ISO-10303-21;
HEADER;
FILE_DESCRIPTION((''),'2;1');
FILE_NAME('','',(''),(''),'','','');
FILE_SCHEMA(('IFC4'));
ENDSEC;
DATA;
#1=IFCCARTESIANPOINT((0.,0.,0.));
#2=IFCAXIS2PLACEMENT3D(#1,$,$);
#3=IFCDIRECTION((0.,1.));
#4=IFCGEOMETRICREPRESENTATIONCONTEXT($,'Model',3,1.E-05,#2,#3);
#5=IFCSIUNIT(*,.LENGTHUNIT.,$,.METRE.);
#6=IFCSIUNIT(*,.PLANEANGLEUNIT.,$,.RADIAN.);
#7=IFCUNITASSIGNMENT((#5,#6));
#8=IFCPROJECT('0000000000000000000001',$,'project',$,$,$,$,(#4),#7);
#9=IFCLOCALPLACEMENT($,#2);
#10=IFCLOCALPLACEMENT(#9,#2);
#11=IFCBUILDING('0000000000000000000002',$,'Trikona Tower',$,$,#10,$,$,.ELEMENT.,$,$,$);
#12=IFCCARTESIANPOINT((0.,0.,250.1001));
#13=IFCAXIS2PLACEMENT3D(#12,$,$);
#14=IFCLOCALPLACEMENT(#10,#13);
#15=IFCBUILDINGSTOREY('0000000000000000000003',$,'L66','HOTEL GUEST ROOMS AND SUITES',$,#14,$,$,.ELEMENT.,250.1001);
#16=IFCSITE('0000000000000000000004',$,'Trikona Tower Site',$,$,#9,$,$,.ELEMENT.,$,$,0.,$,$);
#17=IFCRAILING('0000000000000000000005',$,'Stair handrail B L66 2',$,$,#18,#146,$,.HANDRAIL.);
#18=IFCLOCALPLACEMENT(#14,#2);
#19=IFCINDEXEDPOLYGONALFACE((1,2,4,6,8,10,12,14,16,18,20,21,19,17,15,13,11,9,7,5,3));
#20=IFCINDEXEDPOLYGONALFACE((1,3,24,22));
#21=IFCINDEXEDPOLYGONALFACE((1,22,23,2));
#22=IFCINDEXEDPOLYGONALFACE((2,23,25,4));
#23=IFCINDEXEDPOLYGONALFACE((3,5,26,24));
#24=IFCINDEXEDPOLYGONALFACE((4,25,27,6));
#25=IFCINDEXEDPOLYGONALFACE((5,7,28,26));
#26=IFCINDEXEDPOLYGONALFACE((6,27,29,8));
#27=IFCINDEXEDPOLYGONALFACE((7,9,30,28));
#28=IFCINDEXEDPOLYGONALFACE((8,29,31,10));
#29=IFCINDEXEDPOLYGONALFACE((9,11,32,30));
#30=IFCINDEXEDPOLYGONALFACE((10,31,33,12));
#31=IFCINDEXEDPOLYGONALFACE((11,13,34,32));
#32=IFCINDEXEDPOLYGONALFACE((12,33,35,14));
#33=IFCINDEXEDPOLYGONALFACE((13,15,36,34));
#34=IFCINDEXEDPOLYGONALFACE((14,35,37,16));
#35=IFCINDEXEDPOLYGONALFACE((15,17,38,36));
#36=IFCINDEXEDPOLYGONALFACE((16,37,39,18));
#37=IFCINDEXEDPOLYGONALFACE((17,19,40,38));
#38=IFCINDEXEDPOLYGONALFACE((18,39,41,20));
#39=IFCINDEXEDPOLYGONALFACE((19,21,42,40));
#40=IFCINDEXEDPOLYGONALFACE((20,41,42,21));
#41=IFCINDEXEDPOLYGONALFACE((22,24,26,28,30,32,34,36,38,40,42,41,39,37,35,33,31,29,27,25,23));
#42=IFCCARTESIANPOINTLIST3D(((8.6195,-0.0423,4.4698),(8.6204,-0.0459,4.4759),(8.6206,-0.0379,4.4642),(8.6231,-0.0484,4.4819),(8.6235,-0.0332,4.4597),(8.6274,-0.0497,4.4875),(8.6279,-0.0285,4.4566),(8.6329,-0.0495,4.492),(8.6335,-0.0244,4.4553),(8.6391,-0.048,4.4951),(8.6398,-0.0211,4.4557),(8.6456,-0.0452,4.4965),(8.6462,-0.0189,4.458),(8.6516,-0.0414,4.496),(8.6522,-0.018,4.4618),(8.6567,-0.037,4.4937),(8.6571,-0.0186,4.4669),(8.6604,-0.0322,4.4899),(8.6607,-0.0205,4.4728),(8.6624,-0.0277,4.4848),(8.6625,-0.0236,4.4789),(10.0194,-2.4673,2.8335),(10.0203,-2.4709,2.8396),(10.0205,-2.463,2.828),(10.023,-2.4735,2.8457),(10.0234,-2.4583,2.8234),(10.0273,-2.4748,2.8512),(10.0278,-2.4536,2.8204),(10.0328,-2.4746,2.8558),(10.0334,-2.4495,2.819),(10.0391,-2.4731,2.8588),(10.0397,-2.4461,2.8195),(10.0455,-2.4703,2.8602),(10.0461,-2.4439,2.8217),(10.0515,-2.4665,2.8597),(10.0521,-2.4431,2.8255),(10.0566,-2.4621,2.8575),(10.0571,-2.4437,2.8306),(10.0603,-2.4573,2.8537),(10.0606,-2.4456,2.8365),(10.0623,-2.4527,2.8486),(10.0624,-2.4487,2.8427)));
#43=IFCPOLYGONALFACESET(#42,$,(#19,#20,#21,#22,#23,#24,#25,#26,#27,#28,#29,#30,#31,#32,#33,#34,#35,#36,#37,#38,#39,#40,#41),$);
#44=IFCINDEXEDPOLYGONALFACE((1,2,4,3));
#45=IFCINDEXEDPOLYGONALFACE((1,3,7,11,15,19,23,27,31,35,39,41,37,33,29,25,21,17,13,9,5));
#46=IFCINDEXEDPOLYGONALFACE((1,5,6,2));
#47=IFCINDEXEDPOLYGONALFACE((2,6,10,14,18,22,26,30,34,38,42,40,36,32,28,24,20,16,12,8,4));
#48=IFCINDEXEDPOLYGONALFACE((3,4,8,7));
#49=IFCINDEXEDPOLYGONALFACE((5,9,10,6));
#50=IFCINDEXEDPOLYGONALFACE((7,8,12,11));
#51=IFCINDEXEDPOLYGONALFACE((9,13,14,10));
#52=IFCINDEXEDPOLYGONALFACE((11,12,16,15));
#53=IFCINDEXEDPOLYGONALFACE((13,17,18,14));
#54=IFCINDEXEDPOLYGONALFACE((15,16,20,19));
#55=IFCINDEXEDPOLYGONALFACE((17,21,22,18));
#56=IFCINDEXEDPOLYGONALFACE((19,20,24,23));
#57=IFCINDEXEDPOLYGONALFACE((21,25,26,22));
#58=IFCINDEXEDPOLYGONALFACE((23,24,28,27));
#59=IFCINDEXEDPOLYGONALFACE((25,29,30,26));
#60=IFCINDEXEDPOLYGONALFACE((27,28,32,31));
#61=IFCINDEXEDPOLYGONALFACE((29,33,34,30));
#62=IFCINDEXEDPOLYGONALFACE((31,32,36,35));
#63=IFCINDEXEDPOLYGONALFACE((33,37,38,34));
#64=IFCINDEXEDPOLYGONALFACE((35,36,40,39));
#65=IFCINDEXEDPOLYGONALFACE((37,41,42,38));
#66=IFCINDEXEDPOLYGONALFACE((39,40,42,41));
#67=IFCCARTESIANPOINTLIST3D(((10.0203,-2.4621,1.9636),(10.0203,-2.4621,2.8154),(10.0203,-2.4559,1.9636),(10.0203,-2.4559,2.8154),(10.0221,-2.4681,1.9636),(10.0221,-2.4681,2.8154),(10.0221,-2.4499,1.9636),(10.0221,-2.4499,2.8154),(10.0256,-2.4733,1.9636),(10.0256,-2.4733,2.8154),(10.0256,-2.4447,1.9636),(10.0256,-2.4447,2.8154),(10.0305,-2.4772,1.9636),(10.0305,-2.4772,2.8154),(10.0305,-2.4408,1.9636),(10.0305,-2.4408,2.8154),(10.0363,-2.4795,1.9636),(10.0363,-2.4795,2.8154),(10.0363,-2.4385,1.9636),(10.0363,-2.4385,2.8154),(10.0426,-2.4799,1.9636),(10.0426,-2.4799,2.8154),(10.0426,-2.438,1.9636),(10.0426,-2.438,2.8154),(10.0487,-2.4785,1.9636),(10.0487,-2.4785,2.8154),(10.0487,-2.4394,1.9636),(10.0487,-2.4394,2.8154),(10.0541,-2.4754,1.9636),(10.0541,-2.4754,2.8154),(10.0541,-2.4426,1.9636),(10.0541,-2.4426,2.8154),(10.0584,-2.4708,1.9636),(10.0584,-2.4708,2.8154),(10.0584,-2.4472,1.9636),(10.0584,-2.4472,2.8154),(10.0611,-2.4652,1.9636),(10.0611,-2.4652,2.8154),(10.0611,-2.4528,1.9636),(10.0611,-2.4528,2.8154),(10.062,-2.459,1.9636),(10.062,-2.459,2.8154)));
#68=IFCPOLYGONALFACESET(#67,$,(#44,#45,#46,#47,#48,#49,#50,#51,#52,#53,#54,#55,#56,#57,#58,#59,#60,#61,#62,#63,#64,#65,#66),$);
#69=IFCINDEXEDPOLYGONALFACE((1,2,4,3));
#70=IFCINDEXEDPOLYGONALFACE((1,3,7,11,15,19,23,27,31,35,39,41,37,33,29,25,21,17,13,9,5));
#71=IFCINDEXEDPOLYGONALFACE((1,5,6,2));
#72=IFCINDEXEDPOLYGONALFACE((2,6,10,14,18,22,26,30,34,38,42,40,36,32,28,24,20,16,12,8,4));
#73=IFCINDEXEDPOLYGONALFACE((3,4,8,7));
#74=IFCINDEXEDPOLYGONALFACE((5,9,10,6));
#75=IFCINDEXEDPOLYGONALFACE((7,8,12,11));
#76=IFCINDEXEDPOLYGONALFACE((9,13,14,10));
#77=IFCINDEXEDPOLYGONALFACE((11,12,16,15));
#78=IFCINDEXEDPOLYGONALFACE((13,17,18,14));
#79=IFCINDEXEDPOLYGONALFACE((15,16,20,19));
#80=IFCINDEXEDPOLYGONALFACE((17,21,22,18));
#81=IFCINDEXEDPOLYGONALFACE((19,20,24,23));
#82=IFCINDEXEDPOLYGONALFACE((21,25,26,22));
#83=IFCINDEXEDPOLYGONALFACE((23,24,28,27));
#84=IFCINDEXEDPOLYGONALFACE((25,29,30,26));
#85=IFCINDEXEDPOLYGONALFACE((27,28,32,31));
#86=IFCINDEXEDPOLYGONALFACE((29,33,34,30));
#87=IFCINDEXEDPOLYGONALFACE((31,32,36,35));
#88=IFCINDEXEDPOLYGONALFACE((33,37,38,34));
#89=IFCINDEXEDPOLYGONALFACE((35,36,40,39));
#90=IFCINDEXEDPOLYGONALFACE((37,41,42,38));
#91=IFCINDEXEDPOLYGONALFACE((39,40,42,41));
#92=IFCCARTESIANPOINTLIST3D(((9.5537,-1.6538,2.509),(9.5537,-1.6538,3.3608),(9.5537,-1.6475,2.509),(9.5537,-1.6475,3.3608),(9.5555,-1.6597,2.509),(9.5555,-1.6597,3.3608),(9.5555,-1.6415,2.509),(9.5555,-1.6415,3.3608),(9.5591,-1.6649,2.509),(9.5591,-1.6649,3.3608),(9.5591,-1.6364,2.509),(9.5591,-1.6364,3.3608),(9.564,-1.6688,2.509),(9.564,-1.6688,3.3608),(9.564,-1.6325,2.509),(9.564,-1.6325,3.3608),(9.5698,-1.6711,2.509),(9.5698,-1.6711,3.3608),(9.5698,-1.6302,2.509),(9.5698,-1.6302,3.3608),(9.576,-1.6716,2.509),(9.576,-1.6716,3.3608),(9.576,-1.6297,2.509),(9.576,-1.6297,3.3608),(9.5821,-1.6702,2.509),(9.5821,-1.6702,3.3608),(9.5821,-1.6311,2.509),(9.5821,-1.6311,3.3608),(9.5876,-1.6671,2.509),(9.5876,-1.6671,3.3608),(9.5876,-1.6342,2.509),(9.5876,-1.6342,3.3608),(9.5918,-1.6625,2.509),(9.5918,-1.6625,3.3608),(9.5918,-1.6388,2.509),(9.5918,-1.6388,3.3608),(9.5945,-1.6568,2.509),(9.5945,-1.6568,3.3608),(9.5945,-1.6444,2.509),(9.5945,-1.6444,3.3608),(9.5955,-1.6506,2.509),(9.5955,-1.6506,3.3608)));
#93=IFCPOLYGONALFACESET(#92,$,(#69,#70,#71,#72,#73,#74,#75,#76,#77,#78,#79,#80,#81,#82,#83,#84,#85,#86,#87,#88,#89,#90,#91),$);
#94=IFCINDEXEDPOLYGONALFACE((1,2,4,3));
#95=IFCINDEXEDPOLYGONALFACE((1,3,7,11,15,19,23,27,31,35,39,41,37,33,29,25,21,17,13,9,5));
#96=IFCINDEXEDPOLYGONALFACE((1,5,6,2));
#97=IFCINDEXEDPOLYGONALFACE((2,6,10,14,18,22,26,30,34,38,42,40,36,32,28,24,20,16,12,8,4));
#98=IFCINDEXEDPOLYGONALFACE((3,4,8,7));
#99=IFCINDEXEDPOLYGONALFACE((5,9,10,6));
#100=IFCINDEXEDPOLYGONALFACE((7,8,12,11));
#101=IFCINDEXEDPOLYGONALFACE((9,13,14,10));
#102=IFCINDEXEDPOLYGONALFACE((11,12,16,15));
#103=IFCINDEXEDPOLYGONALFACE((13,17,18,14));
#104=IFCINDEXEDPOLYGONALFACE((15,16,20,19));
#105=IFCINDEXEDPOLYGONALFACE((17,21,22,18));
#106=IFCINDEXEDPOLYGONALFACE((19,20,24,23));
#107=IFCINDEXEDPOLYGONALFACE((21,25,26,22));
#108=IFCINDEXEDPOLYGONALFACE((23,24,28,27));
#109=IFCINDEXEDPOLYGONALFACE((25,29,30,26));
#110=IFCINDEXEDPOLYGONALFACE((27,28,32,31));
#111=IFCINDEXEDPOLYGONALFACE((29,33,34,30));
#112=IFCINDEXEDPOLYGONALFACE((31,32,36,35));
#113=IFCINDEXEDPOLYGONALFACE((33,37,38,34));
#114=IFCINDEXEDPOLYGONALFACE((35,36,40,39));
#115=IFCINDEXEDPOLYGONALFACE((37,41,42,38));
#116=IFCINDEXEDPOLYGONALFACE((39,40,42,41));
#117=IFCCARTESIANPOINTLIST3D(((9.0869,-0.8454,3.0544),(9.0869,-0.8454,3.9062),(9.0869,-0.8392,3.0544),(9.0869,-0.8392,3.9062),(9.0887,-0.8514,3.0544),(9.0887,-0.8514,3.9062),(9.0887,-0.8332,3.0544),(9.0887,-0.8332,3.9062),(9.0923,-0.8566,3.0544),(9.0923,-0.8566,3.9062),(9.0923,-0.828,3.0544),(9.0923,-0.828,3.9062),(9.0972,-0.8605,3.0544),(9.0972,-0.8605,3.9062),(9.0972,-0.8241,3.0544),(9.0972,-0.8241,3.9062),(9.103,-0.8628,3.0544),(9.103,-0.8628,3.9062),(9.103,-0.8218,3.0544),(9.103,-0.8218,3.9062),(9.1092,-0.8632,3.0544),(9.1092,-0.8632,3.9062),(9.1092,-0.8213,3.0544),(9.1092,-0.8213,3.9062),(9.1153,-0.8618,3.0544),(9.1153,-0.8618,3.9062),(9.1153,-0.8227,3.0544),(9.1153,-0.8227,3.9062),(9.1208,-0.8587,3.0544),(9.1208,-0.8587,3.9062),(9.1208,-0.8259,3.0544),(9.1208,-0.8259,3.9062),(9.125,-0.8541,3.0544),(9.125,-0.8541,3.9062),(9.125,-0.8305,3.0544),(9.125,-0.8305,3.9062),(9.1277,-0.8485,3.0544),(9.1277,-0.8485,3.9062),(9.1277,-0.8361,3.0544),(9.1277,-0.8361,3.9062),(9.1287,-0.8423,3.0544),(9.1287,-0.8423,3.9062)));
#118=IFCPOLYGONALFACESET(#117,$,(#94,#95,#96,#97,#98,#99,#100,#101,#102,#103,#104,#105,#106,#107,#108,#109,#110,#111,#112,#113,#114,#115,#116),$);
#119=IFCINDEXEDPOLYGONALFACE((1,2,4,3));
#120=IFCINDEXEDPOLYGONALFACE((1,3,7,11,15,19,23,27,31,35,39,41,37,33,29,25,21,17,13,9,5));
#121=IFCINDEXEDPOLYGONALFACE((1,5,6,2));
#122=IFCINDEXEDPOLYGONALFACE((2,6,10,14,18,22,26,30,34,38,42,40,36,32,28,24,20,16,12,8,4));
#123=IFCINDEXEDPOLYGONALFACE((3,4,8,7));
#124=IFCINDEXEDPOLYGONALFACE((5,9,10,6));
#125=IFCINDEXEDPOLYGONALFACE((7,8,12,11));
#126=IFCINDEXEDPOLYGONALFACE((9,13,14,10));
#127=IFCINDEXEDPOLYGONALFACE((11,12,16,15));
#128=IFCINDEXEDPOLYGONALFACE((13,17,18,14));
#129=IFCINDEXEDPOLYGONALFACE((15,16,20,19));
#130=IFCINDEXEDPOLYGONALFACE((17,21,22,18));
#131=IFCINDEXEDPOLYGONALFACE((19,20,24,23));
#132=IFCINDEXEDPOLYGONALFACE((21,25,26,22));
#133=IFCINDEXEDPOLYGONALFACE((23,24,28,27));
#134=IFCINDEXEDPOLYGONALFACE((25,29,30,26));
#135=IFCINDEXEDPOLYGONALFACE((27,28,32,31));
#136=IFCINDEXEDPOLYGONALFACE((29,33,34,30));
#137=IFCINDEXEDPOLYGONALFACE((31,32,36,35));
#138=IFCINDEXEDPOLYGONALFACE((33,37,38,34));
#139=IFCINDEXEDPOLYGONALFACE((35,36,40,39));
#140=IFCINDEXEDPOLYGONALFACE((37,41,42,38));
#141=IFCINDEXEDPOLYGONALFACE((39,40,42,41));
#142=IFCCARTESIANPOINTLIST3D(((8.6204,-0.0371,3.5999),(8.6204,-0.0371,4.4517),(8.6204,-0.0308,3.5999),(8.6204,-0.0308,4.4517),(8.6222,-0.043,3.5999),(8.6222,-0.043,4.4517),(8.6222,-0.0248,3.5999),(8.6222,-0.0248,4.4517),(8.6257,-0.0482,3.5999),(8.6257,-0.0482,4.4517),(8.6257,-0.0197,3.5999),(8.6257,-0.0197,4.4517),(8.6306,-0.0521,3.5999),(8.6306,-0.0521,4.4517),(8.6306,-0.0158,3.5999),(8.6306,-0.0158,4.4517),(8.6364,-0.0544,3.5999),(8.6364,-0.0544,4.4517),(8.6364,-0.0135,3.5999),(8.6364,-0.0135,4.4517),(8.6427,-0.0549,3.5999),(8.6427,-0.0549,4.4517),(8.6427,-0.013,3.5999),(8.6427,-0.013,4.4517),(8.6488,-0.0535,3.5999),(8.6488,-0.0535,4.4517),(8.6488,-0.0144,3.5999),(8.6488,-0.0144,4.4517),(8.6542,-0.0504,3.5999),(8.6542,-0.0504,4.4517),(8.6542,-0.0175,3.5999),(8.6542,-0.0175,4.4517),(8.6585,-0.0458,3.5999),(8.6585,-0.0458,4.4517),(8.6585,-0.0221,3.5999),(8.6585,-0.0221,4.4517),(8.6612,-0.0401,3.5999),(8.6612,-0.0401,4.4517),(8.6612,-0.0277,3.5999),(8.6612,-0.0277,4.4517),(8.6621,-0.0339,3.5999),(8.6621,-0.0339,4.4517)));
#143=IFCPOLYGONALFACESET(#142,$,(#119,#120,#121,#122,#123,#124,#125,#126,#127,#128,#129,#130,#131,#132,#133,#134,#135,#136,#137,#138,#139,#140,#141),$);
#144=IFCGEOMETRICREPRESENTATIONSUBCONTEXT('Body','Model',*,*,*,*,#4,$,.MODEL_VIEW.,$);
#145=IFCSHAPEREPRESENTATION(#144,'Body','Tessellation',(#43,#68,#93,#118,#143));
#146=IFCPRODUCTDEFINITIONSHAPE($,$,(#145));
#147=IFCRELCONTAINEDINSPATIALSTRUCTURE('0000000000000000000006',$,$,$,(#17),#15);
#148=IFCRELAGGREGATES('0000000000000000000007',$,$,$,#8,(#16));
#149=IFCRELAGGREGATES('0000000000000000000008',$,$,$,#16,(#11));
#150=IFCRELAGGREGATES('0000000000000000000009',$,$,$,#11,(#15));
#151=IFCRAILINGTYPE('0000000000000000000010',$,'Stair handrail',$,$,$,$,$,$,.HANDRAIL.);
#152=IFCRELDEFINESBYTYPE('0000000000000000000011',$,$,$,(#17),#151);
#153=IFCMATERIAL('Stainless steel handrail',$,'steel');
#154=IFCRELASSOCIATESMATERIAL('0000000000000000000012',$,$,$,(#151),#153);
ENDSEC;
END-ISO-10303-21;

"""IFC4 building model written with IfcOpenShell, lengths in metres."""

from ifc_helpers import new_model, si_unit, direction, frame, origin, origin_2d, place, context, subcontext, project, spatial, circle, extrude, material, type_object, element, save


model = new_model("IFC4")

# Units and contexts
model_context = context("Model", 3, precision=1e-05, world=origin(), true_north=direction((0.0, 1.0)))
body_context = subcontext(model_context, "Body", "Model", "MODEL_VIEW")
ifc_project = project(units=[si_unit("LENGTHUNIT", "METRE"), si_unit("PLANEANGLEUNIT", "RADIAN")], contexts=[model_context])

# Site, building, storey
site_placement = place(None, origin())
site = spatial("IfcSite", under=ifc_project, at=site_placement, Name="Trikona Tower Site", CompositionType="ELEMENT", RefElevation=0.0)
building_placement = place(site_placement, origin())
building = spatial("IfcBuilding", under=site, at=building_placement, Name="Trikona Tower", CompositionType="ELEMENT")
storey_placement = place(building_placement, frame((0.0, 0.0, 250.1001)))
storey = spatial("IfcBuildingStorey", under=building, at=storey_placement, Name="L66", Description="HOTEL GUEST ROOMS AND SUITES", CompositionType="ELEMENT", Elevation=250.1001)

# Railing
ifc_material_1 = material(Name="Stainless steel handrail", Category="steel")
railing_type = type_object("IfcRailingType", Name="Stair handrail", PredefinedType="HANDRAIL", material=ifc_material_1)
railing_placement = place(storey_placement, frame((10.041, -2.459, 1.9636)))
element("IfcRailing", 1, at=railing_placement, inside=storey, type_object=railing_type, Name="Stair handrail B L66 2", PredefinedType="HANDRAIL", context=body_context, shape_type="SweptSolid", body=[
    extrude(circle(Radius=0.0239, at=origin_2d()), frame((0.0, 0.0, 0.876), z_axis=(-0.431653, 0.747751, 0.504523), x_axis=(-0.866056, -0.499946, 0.0)), (0.0, 0.0, 1.0), 3.2432),
    extrude(circle(Radius=0.021, at=origin_2d()), origin(), (0.0, 0.0, 1.0), 0.8518),
    extrude(circle(Radius=0.021, at=origin_2d()), frame((-0.4666, 0.8083, 0.5454)), (0.0, 0.0, 1.0), 0.8518),
    extrude(circle(Radius=0.021, at=origin_2d()), frame((-0.9333, 1.6167, 1.0908)), (0.0, 0.0, 1.0), 0.8518),
    extrude(circle(Radius=0.021, at=origin_2d()), frame((-1.3999, 2.425, 1.6362)), (0.0, 0.0, 1.0), 0.8518),
])

save(model, "model.ifc")
